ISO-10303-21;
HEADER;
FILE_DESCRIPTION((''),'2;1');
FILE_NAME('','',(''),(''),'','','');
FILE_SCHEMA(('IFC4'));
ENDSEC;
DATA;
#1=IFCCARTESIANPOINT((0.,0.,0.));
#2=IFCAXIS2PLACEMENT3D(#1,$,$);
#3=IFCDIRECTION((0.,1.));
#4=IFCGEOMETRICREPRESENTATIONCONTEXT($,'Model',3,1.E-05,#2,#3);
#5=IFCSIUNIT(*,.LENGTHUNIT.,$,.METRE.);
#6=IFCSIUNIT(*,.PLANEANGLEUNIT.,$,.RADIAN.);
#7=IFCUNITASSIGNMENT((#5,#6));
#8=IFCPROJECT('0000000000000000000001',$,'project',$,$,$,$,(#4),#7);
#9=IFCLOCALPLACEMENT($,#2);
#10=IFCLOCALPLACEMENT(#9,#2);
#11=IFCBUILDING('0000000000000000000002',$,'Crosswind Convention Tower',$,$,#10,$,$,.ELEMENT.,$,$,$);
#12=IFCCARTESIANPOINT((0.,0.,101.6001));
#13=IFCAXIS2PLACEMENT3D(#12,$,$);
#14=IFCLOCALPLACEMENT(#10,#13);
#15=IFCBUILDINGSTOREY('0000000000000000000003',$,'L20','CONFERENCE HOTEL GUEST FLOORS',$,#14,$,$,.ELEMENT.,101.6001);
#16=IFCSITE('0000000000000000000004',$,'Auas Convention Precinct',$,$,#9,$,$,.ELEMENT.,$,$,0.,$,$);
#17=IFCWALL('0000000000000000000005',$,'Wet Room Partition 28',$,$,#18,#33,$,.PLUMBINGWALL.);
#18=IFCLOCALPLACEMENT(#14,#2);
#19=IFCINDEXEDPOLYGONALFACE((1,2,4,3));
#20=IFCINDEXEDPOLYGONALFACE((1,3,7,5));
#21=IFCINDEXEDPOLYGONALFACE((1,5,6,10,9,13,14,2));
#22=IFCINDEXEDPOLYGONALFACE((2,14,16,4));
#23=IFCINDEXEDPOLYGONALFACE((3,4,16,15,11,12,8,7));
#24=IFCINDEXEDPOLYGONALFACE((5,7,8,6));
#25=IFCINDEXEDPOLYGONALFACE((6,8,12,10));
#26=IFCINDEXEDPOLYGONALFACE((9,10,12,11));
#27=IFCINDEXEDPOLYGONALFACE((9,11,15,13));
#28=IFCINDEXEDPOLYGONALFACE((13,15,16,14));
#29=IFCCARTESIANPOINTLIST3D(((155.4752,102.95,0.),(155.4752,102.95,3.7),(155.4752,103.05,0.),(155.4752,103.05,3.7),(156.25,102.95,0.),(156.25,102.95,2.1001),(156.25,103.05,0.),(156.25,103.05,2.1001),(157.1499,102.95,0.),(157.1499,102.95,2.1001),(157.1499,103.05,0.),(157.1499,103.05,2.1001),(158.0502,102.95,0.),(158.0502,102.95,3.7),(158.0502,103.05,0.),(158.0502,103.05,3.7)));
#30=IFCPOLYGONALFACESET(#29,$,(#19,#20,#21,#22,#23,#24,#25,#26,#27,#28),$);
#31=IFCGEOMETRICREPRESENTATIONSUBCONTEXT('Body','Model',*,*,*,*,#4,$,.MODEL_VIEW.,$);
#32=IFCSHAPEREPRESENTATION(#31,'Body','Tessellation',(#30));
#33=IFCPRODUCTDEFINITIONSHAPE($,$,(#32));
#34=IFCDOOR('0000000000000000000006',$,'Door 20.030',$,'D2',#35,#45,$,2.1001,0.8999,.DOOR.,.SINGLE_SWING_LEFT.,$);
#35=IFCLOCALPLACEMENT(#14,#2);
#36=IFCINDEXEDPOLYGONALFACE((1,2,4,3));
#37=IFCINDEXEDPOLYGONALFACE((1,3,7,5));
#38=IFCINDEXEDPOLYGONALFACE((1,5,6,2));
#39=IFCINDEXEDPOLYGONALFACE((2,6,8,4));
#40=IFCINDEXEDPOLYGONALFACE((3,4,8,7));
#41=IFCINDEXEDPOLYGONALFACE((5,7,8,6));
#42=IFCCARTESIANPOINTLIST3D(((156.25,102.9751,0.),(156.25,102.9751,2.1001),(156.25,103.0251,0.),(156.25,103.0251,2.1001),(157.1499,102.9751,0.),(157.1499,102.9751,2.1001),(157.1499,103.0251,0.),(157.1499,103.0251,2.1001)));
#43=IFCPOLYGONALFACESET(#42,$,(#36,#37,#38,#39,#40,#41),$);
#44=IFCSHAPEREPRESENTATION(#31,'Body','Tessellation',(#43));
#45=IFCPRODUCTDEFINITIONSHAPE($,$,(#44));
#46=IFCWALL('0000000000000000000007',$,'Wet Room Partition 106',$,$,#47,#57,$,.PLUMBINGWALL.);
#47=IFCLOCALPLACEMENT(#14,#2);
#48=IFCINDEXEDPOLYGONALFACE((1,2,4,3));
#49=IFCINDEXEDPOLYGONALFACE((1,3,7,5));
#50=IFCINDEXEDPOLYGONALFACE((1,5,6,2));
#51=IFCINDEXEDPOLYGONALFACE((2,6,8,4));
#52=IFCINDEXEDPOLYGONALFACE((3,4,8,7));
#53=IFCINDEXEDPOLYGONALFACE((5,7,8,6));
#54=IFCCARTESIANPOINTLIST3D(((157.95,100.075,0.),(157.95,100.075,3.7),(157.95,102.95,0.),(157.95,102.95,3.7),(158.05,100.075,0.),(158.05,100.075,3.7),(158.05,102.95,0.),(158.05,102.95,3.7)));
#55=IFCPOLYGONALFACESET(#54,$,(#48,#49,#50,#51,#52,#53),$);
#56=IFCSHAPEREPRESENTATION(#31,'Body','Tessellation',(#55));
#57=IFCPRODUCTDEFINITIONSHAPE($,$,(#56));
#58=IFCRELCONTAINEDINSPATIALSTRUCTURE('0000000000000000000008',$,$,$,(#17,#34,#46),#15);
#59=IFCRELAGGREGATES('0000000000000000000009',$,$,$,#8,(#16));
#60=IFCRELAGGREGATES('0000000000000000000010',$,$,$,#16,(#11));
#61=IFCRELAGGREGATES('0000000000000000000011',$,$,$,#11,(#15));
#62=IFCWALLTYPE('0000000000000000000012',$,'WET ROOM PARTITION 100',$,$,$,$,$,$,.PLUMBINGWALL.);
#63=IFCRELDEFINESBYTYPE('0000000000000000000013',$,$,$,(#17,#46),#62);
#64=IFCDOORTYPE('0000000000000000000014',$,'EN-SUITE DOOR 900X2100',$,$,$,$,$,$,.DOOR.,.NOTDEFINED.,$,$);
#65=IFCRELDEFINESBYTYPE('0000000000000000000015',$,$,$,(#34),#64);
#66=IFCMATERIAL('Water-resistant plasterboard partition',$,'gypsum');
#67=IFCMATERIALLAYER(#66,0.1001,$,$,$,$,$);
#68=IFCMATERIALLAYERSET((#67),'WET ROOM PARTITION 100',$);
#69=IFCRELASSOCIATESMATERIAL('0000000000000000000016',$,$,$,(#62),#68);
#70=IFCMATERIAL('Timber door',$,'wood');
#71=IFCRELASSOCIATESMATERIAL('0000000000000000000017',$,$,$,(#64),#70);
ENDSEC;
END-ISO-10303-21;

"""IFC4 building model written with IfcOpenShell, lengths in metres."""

from ifc_helpers import new_model, si_unit, direction, frame, frame_2d, origin, place, context, subcontext, project, spatial, rectangle, extrude, material, layer, layer_set, type_object, element, fill, save


model = new_model("IFC4")

# Units and contexts
model_context = context("Model", 3, precision=1e-05, world=origin(), true_north=direction((0.0, 1.0)))
body_context = subcontext(model_context, "Body", "Model", "MODEL_VIEW")
ifc_project = project(units=[si_unit("LENGTHUNIT", "METRE"), si_unit("PLANEANGLEUNIT", "RADIAN")], contexts=[model_context])

# Site, building, storey
site_placement = place(None, origin())
site = spatial("IfcSite", under=ifc_project, at=site_placement, Name="Auas Convention Precinct", CompositionType="ELEMENT", RefElevation=0.0)
building_placement = place(site_placement, origin())
building = spatial("IfcBuilding", under=site, at=building_placement, Name="Crosswind Convention Tower", CompositionType="ELEMENT")
storey_placement = place(building_placement, frame((0.0, 0.0, 101.6001)))
storey = spatial("IfcBuildingStorey", under=building, at=storey_placement, Name="L20", Description="CONFERENCE HOTEL GUEST FLOORS", CompositionType="ELEMENT", Elevation=101.6001)

# Wall, opening, door
ifc_material_1 = material(Name="Water-resistant plasterboard partition", Category="gypsum")
ifc_layer_1 = layer(ifc_material_1, 0.1001)
ifc_layer_set_1 = layer_set([ifc_layer_1], Name="WET ROOM PARTITION 100")
wall_type_1 = type_object("IfcWallType", Name="WET ROOM PARTITION 100", PredefinedType="PLUMBINGWALL", material=ifc_layer_set_1)
wall_1_placement = place(storey_placement, frame((155.4751, 103.0, 0.0), z_axis=(0.0, 0.0, 1.0), x_axis=(1.0, 0.0, 0.0)))
wall_1 = element("IfcWall", 1, at=wall_1_placement, inside=storey, type_object=wall_type_1, Name="Wet Room Partition 28", PredefinedType="PLUMBINGWALL", context=body_context, shape_type="SweptSolid", body=[
    extrude(rectangle(XDim=2.575, YDim=0.1001, at=frame_2d((1.2876, 0.0))), origin(), (0.0, 0.0, 1.0), 3.7),
])
opening_placement = place(wall_1_placement, frame((0.7749, 0.0, 0.0)))
opening = element("IfcOpeningElement", 2, at=opening_placement, cuts=wall_1, PredefinedType="OPENING", context=body_context, shape_type="SweptSolid", body=[
    extrude(rectangle(XDim=0.8999, YDim=2.1001, at=frame_2d((0.45, 1.05))), frame((0.0, 0.0601, 0.0), z_axis=(0.0, -1.0, 0.0), x_axis=(1.0, 0.0, 0.0)), (0.0, 0.0, 1.0), 0.1201),
])
ifc_material_2 = material(Name="Timber door", Category="wood")
door_type = type_object("IfcDoorType", Name="EN-SUITE DOOR 900X2100", OperationType="NOTDEFINED", PredefinedType="DOOR", material=ifc_material_2)
door_placement = place(opening_placement, frame((0.8999, 0.0, 0.0), z_axis=(0.0, 0.0, 1.0), x_axis=(-1.0, 0.0, 0.0)))
door = element("IfcDoor", 3, at=door_placement, inside=storey, type_object=door_type, Name="Door 20.030", ObjectType="D2", OperationType="SINGLE_SWING_LEFT", OverallHeight=2.1001, OverallWidth=0.8999, PredefinedType="DOOR", context=body_context, shape_type="SweptSolid", body=[
    extrude(rectangle(XDim=0.8999, YDim=2.1001, at=frame_2d((0.45, 1.05))), frame((0.0, 0.0249, 0.0), z_axis=(0.0, -1.0, 0.0), x_axis=(1.0, 0.0, 0.0)), (0.0, 0.0, 1.0), 0.05),
])
fill(opening, door)

# Wall
wall_2_placement = place(storey_placement, frame((158.0, 100.075, 0.0), z_axis=(0.0, 0.0, 1.0), x_axis=(0.0, 1.0, 0.0)))
element("IfcWall", 4, at=wall_2_placement, inside=storey, type_object=wall_type_1, Name="Wet Room Partition 106", PredefinedType="PLUMBINGWALL", context=body_context, shape_type="SweptSolid", body=[
    extrude(rectangle(XDim=2.875, YDim=0.1001, at=frame_2d((1.4375, 0.0))), origin(), (0.0, 0.0, 1.0), 3.7),
])

save(model, "model.ifc")
